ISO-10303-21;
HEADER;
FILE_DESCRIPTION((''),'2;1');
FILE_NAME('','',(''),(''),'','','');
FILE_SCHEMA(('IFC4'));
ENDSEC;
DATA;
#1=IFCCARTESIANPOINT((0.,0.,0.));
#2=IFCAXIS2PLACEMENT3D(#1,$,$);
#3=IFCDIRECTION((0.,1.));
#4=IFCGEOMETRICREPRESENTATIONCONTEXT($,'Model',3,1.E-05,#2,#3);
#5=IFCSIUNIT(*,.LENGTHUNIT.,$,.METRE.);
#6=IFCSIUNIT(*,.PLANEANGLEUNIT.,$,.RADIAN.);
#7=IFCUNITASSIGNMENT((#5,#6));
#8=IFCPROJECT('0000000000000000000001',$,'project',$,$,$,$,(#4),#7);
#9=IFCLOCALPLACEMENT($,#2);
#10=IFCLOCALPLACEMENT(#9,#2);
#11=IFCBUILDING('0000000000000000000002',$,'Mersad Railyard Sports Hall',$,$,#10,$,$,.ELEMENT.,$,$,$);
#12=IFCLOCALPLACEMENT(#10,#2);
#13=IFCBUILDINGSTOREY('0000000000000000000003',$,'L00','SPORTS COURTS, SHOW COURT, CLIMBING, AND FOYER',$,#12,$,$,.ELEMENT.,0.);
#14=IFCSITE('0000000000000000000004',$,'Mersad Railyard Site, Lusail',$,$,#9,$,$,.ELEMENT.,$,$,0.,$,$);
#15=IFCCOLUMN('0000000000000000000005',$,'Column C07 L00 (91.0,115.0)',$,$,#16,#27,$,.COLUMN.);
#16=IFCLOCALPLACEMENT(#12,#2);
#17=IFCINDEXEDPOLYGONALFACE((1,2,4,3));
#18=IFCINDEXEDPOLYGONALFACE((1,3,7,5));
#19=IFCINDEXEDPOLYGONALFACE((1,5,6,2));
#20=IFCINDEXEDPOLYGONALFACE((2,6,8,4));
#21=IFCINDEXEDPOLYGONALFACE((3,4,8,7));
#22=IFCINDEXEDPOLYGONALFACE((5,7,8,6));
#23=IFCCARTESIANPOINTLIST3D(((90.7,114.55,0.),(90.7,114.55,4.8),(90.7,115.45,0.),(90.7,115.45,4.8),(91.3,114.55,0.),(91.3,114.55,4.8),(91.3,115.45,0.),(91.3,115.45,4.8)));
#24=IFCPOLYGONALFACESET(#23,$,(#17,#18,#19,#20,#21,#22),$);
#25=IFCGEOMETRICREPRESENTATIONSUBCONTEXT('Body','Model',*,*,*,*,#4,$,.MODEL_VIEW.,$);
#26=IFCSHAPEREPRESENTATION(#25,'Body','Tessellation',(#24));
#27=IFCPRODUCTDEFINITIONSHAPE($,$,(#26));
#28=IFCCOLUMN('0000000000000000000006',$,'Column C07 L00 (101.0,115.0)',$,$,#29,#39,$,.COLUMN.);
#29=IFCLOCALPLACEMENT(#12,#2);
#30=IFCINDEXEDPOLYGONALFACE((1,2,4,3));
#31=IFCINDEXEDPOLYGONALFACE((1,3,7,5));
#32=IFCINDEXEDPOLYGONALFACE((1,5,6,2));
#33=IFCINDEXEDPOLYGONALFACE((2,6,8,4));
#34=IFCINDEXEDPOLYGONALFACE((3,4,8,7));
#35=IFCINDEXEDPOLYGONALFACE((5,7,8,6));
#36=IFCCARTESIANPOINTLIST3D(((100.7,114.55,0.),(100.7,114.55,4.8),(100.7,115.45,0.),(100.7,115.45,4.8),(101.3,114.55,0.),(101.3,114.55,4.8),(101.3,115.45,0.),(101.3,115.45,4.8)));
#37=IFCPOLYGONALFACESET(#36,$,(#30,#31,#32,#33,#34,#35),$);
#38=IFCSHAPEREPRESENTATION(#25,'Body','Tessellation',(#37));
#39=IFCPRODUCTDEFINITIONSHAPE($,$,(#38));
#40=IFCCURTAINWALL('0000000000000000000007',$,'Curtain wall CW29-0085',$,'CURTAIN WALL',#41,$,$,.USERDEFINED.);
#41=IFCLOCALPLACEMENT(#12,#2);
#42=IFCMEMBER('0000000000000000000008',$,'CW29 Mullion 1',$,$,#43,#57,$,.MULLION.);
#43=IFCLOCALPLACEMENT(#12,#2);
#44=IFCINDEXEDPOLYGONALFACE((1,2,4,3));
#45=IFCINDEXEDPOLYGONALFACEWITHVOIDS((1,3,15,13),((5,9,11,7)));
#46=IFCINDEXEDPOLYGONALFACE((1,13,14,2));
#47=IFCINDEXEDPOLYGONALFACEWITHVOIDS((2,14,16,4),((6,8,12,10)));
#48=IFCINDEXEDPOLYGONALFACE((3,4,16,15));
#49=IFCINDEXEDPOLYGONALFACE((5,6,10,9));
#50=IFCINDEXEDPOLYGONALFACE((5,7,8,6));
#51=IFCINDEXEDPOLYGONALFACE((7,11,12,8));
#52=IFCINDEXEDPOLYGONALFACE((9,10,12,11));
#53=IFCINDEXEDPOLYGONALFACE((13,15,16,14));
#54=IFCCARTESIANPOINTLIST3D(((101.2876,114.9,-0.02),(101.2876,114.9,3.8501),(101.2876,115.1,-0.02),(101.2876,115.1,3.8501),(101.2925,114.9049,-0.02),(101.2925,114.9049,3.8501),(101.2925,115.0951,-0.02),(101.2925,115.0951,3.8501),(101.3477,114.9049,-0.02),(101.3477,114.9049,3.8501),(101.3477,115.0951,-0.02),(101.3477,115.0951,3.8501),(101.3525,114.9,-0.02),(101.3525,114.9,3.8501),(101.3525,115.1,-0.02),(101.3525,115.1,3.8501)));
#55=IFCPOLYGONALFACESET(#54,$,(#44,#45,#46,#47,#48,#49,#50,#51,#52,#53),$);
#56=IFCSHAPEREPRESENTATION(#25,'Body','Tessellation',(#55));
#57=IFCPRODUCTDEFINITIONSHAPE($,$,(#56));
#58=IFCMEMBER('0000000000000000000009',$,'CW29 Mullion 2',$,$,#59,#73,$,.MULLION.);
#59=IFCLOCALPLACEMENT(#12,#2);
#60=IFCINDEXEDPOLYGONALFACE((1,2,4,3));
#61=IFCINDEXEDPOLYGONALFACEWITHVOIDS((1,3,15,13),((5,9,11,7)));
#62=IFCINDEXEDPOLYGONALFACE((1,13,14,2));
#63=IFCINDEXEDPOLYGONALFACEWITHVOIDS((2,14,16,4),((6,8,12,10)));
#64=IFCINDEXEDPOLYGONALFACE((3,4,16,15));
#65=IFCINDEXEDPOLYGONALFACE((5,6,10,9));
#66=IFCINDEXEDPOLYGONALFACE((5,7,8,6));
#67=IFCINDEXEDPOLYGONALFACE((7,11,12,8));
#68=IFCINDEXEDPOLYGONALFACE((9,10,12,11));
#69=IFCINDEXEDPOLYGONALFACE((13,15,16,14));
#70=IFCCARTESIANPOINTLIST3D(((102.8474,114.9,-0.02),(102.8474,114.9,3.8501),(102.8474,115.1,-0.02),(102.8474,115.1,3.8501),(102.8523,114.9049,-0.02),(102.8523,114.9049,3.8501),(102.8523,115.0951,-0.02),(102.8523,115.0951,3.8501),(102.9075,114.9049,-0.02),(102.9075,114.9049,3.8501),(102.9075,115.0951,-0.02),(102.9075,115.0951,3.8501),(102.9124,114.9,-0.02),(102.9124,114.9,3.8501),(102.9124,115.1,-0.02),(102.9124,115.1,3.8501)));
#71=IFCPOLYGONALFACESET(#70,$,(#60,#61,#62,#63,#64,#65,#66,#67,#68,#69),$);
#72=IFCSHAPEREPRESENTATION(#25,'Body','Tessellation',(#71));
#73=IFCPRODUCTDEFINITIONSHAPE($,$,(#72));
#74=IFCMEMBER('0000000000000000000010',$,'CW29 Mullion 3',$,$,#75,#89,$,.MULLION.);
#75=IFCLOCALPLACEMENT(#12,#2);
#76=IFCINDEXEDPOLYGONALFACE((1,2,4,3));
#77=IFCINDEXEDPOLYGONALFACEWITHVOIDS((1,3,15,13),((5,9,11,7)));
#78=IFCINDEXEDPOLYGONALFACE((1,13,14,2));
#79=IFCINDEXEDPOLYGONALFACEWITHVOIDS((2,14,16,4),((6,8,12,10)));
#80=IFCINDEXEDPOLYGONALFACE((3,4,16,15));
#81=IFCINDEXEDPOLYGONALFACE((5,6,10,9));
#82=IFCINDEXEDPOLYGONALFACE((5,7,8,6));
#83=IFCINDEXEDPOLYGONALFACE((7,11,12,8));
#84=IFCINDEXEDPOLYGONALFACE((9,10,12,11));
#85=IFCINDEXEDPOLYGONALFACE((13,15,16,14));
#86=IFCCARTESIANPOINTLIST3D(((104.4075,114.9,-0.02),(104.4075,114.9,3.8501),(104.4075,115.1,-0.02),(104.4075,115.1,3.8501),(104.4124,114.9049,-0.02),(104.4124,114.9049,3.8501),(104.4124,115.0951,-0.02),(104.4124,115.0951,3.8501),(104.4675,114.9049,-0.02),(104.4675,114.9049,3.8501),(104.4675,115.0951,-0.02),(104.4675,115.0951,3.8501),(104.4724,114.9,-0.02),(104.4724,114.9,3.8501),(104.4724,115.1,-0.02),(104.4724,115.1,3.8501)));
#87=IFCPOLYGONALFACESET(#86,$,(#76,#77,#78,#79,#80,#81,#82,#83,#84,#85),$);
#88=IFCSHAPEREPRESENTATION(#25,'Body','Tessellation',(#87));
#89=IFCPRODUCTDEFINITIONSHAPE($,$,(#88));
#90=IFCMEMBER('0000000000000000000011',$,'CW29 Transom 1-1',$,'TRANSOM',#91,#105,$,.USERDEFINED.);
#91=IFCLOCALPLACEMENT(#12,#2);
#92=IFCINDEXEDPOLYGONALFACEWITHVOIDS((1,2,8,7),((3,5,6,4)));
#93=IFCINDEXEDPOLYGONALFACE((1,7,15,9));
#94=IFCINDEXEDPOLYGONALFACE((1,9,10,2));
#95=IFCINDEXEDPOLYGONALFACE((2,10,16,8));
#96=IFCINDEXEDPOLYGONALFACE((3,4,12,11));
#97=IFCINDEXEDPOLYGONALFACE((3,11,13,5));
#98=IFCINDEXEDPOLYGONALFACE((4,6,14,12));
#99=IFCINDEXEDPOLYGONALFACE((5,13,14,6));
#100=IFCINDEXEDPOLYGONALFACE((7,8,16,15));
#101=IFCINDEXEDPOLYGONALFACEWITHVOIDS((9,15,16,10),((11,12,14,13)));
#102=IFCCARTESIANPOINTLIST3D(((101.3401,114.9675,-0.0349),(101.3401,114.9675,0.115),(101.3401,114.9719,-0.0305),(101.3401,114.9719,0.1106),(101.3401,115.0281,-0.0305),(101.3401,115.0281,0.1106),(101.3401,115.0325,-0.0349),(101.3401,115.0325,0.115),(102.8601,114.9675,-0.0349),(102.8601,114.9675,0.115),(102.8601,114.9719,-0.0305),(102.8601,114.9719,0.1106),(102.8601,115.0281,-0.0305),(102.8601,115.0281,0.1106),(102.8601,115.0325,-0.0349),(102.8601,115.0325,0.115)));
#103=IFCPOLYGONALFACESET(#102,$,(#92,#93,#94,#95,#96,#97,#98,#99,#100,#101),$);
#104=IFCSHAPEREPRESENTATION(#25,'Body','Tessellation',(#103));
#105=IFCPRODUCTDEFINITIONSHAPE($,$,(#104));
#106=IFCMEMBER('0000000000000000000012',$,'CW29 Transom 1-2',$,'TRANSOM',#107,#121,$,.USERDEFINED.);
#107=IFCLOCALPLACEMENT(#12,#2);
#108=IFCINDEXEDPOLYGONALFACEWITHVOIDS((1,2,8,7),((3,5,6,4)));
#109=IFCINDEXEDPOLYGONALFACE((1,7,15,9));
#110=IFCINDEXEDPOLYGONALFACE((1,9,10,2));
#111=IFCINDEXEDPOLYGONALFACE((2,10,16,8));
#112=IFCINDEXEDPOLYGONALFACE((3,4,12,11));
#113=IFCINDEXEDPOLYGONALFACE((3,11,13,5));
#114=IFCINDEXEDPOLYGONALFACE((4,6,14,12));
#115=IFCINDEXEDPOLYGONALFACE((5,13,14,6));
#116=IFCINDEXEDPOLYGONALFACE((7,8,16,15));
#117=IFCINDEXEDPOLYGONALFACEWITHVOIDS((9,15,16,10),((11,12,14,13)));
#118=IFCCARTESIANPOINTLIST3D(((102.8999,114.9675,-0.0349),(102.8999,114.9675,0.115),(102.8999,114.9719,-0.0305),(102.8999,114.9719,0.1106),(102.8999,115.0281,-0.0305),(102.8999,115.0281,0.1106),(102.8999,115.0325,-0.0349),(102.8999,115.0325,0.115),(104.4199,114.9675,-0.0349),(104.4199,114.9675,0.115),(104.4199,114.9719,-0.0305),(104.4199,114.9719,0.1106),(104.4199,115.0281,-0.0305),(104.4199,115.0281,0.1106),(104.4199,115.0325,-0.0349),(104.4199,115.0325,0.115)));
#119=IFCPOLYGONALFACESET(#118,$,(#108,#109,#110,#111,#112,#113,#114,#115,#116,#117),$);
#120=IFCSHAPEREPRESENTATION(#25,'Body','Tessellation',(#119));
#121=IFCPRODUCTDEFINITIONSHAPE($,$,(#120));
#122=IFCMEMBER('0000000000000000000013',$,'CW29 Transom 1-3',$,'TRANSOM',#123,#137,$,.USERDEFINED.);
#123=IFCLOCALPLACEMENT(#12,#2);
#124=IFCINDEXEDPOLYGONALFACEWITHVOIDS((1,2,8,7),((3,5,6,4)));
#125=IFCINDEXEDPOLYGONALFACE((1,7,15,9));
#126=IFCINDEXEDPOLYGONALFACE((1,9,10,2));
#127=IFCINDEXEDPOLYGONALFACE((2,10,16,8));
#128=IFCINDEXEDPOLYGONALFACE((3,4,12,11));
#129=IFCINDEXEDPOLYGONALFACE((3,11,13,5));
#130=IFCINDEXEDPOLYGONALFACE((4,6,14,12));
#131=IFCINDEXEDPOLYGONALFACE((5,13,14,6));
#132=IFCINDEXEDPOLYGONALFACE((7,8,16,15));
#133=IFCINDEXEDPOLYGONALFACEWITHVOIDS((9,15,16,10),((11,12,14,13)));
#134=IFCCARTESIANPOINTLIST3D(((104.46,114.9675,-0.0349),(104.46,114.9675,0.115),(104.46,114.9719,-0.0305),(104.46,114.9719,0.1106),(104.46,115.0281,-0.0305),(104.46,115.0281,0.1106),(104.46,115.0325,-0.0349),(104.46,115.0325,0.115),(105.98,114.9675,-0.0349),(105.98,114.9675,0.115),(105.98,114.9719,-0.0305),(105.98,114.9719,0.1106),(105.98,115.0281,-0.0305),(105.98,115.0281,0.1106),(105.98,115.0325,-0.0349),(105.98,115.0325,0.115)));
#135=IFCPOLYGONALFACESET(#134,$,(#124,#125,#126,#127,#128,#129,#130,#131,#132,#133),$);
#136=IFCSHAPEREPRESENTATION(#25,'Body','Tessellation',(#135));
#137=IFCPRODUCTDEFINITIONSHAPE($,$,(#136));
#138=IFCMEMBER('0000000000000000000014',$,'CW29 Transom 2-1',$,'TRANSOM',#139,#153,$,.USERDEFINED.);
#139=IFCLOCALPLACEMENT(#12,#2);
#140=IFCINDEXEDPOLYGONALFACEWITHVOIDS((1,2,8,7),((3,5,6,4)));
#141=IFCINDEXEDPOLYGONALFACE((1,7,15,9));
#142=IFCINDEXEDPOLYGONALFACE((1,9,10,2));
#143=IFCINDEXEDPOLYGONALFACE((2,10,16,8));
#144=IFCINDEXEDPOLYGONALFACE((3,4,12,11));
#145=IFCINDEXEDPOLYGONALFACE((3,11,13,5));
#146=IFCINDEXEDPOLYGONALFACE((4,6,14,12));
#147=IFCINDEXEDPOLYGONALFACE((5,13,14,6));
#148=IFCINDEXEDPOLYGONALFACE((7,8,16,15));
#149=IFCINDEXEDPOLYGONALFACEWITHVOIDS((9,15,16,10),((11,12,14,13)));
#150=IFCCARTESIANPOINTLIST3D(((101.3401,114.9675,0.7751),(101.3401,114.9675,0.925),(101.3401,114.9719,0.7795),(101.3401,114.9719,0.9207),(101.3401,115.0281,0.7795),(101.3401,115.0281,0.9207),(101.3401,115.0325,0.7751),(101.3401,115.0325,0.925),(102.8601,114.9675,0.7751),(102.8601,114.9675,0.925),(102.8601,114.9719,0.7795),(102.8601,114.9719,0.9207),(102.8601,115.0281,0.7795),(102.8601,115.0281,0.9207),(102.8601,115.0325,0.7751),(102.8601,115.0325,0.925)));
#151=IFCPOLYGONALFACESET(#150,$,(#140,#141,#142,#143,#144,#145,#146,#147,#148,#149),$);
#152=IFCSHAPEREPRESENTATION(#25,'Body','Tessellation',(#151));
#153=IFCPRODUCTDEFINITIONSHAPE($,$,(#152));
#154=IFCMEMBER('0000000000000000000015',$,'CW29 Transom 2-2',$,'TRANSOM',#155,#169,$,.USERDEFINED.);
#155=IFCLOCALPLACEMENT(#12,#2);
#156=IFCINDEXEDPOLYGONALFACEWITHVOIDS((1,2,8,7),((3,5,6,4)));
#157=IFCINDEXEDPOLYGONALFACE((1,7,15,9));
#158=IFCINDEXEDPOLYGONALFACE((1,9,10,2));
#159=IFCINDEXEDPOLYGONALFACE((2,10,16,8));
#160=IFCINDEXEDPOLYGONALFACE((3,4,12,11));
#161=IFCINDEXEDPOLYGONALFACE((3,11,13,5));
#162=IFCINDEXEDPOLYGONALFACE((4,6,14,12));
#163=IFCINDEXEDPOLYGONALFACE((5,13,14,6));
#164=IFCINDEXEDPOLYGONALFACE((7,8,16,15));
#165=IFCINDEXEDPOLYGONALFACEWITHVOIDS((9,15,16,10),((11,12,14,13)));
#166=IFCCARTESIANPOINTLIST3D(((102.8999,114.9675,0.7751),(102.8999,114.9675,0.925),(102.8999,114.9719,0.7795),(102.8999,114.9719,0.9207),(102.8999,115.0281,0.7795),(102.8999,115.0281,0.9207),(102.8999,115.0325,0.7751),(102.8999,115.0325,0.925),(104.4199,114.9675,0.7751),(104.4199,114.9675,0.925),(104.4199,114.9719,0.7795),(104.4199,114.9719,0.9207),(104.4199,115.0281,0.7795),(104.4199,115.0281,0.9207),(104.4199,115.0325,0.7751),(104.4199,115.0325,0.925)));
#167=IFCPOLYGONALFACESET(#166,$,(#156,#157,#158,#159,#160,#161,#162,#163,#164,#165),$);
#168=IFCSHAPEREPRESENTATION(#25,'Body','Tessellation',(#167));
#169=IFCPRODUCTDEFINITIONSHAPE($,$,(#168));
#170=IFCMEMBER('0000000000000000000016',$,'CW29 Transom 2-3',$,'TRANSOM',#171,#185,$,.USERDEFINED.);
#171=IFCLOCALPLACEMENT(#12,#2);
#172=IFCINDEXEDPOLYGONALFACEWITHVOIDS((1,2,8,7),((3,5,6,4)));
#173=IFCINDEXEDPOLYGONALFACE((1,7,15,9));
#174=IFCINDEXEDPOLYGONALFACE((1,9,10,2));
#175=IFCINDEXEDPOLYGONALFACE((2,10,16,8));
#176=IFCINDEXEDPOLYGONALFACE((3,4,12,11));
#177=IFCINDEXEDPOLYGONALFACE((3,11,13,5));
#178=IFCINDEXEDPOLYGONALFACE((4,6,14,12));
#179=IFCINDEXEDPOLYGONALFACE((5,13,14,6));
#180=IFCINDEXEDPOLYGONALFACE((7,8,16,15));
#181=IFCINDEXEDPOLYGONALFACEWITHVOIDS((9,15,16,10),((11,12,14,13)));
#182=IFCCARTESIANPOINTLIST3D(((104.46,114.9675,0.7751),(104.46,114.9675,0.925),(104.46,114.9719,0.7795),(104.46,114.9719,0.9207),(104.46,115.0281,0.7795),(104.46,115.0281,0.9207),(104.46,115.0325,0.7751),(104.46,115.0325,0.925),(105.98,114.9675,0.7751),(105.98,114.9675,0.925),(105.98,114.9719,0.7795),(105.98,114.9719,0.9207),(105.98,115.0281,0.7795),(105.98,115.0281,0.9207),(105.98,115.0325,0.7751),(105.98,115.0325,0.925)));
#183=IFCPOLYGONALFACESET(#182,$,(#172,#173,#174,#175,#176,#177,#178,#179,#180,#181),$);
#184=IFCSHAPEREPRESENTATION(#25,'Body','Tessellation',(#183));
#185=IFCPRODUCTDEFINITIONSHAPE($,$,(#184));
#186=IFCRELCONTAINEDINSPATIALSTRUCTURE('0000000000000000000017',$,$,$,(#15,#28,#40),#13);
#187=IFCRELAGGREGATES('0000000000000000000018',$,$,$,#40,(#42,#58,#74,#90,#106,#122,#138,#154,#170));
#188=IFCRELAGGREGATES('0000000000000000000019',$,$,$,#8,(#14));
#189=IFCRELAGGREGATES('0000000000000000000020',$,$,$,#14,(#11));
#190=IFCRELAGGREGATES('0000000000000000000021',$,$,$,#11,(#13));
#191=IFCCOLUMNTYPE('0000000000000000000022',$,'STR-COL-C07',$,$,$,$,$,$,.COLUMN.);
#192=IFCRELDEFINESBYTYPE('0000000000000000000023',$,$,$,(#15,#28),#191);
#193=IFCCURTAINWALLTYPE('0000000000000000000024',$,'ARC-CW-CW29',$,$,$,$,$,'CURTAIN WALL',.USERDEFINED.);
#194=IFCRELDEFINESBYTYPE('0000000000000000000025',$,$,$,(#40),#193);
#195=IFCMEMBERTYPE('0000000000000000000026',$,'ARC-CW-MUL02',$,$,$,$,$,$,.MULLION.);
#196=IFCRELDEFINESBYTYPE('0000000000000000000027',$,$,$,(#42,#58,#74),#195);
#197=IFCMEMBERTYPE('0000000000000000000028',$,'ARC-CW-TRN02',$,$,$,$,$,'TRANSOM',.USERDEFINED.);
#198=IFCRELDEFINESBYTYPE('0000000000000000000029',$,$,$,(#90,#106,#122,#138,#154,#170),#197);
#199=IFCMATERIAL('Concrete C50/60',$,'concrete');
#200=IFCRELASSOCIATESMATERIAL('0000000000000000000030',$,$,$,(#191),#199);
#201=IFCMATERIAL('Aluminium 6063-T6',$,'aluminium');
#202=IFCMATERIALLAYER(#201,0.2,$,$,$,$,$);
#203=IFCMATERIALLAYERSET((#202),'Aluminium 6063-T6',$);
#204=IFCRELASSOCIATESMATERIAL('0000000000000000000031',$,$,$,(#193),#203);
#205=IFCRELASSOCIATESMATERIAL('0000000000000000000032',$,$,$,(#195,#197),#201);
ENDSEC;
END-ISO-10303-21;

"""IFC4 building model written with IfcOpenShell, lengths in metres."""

from ifc_helpers import new_model, si_unit, direction, frame, origin, origin_2d, place, context, subcontext, project, spatial, rectangle, hollow_rectangle, extrude, material, layer, layer_set, material_profile, profile_set, type_object, element, aggregate, save


model = new_model("IFC4")

# Units and contexts
model_context = context("Model", 3, precision=1e-05, world=origin(), true_north=direction((0.0, 1.0)))
body_context = subcontext(model_context, "Body", "Model", "MODEL_VIEW")
ifc_project = project(units=[si_unit("LENGTHUNIT", "METRE"), si_unit("PLANEANGLEUNIT", "RADIAN")], contexts=[model_context])

# Site, building, storey
site_placement = place(None, origin())
site = spatial("IfcSite", under=ifc_project, at=site_placement, Name="Mersad Railyard Site, Lusail", CompositionType="ELEMENT", RefElevation=0.0)
building_placement = place(site_placement, origin())
building = spatial("IfcBuilding", under=site, at=building_placement, Name="Mersad Railyard Sports Hall", CompositionType="ELEMENT")
storey_placement = place(building_placement, origin())
storey = spatial("IfcBuildingStorey", under=building, at=storey_placement, Name="L00", Description="SPORTS COURTS, SHOW COURT, CLIMBING, AND FOYER", CompositionType="ELEMENT", Elevation=0.0)

# Columns
ifc_material_1 = material(Name="Concrete C50/60", Category="concrete")
ifc_material_profile_1 = material_profile(ifc_material_1, rectangle(XDim=0.6001, YDim=0.8999, at=origin_2d()), Name="RC 600x900")
ifc_profile_set_1 = profile_set([ifc_material_profile_1], Name="Concrete C50/60")
column_type = type_object("IfcColumnType", Name="STR-COL-C07", PredefinedType="COLUMN", material=ifc_profile_set_1)
for number, where, z_axis, x_axis, name in (
    (1, (91.0, 115.0, 0.0), (0.0, 0.0, 1.0), (1.0, 0.0, 0.0), "Column C07 L00 (91.0,115.0)"),
    (2, (101.0, 115.0, 0.0), (0.0, 0.0, 1.0), (1.0, 0.0, 0.0), "Column C07 L00 (101.0,115.0)"),
):
    element("IfcColumn", number, at=place(storey_placement, frame(where, z_axis=z_axis, x_axis=x_axis)), inside=storey, type_object=column_type, Name=name, PredefinedType="COLUMN", context=body_context, shape_type="SweptSolid", body=[
        extrude(rectangle(XDim=0.6001, YDim=0.8999, at=origin_2d()), origin(), (0.0, 0.0, 1.0), 4.8),
    ])

# Curtain wall, members
ifc_material_2 = material(Name="Aluminium 6063-T6", Category="aluminium")
ifc_layer_1 = layer(ifc_material_2, 0.2)
ifc_layer_set_1 = layer_set([ifc_layer_1], Name="Aluminium 6063-T6")
curtain_wall_type = type_object("IfcCurtainWallType", Name="ARC-CW-CW29", ElementType="CURTAIN WALL", PredefinedType="USERDEFINED", material=ifc_layer_set_1)
curtain_wall_placement = place(storey_placement, origin())
curtain_wall = element("IfcCurtainWall", 3, at=curtain_wall_placement, inside=storey, type_object=curtain_wall_type, Name="Curtain wall CW29-0085", ObjectType="CURTAIN WALL", PredefinedType="USERDEFINED")
ifc_material_profile_2 = material_profile(ifc_material_2, hollow_rectangle(XDim=0.0649, YDim=0.2, WallThickness=0.0049, at=origin_2d()), Name="AL MULLION 65x200x5")
ifc_profile_set_2 = profile_set([ifc_material_profile_2], Name="Aluminium 6063-T6")
member_type_1 = type_object("IfcMemberType", Name="ARC-CW-MUL02", PredefinedType="MULLION", material=ifc_profile_set_2)
member_1_placement = place(storey_placement, frame((101.3201, 115.0, -0.02), z_axis=(0.0, 0.0, 1.0), x_axis=(1.0, 0.0, 0.0)))
member_1 = element("IfcMember", 4, at=member_1_placement, type_object=member_type_1, Name="CW29 Mullion 1", PredefinedType="MULLION", context=body_context, shape_type="SweptSolid", body=[
    extrude(hollow_rectangle(XDim=0.0649, YDim=0.2, WallThickness=0.0049, at=origin_2d()), origin(), (0.0, 0.0, 1.0), 3.8701),
])
member_2_placement = place(storey_placement, frame((102.8799, 115.0, -0.02), z_axis=(0.0, 0.0, 1.0), x_axis=(1.0, 0.0, 0.0)))
member_2 = element("IfcMember", 5, at=member_2_placement, type_object=member_type_1, Name="CW29 Mullion 2", PredefinedType="MULLION", context=body_context, shape_type="SweptSolid", body=[
    extrude(hollow_rectangle(XDim=0.0649, YDim=0.2, WallThickness=0.0049, at=origin_2d()), origin(), (0.0, 0.0, 1.0), 3.8701),
])
member_3_placement = place(storey_placement, frame((104.4399, 115.0, -0.02), z_axis=(0.0, 0.0, 1.0), x_axis=(1.0, 0.0, 0.0)))
member_3 = element("IfcMember", 6, at=member_3_placement, type_object=member_type_1, Name="CW29 Mullion 3", PredefinedType="MULLION", context=body_context, shape_type="SweptSolid", body=[
    extrude(hollow_rectangle(XDim=0.0649, YDim=0.2, WallThickness=0.0049, at=origin_2d()), origin(), (0.0, 0.0, 1.0), 3.8701),
])
ifc_material_profile_3 = material_profile(ifc_material_2, hollow_rectangle(XDim=0.0649, YDim=0.1499, WallThickness=0.0044, at=origin_2d()), Name="AL TRANSOM 65x150x4.5")
ifc_profile_set_3 = profile_set([ifc_material_profile_3], Name="Aluminium 6063-T6")
member_type_2 = type_object("IfcMemberType", Name="ARC-CW-TRN02", ElementType="TRANSOM", PredefinedType="USERDEFINED", material=ifc_profile_set_3)
member_4_placement = place(storey_placement, frame((101.3401, 115.0, 0.04), z_axis=(1.0, 0.0, 0.0), x_axis=(0.0, 1.0, 0.0)))
member_4 = element("IfcMember", 7, at=member_4_placement, type_object=member_type_2, Name="CW29 Transom 1-1", ObjectType="TRANSOM", PredefinedType="USERDEFINED", context=body_context, shape_type="SweptSolid", body=[
    extrude(hollow_rectangle(XDim=0.0649, YDim=0.1499, WallThickness=0.0044, at=origin_2d()), origin(), (0.0, 0.0, 1.0), 1.52),
])
member_5_placement = place(storey_placement, frame((102.8999, 115.0, 0.04), z_axis=(1.0, 0.0, 0.0), x_axis=(0.0, 1.0, 0.0)))
member_5 = element("IfcMember", 8, at=member_5_placement, type_object=member_type_2, Name="CW29 Transom 1-2", ObjectType="TRANSOM", PredefinedType="USERDEFINED", context=body_context, shape_type="SweptSolid", body=[
    extrude(hollow_rectangle(XDim=0.0649, YDim=0.1499, WallThickness=0.0044, at=origin_2d()), origin(), (0.0, 0.0, 1.0), 1.52),
])
member_6_placement = place(storey_placement, frame((104.46, 115.0, 0.04), z_axis=(1.0, 0.0, 0.0), x_axis=(0.0, 1.0, 0.0)))
member_6 = element("IfcMember", 9, at=member_6_placement, type_object=member_type_2, Name="CW29 Transom 1-3", ObjectType="TRANSOM", PredefinedType="USERDEFINED", context=body_context, shape_type="SweptSolid", body=[
    extrude(hollow_rectangle(XDim=0.0649, YDim=0.1499, WallThickness=0.0044, at=origin_2d()), origin(), (0.0, 0.0, 1.0), 1.52),
])
member_7_placement = place(storey_placement, frame((101.3401, 115.0, 0.8501), z_axis=(1.0, 0.0, 0.0), x_axis=(0.0, 1.0, 0.0)))
member_7 = element("IfcMember", 10, at=member_7_placement, type_object=member_type_2, Name="CW29 Transom 2-1", ObjectType="TRANSOM", PredefinedType="USERDEFINED", context=body_context, shape_type="SweptSolid", body=[
    extrude(hollow_rectangle(XDim=0.0649, YDim=0.1499, WallThickness=0.0044, at=origin_2d()), origin(), (0.0, 0.0, 1.0), 1.52),
])
member_8_placement = place(storey_placement, frame((102.8999, 115.0, 0.8501), z_axis=(1.0, 0.0, 0.0), x_axis=(0.0, 1.0, 0.0)))
member_8 = element("IfcMember", 11, at=member_8_placement, type_object=member_type_2, Name="CW29 Transom 2-2", ObjectType="TRANSOM", PredefinedType="USERDEFINED", context=body_context, shape_type="SweptSolid", body=[
    extrude(hollow_rectangle(XDim=0.0649, YDim=0.1499, WallThickness=0.0044, at=origin_2d()), origin(), (0.0, 0.0, 1.0), 1.52),
])
member_9_placement = place(storey_placement, frame((104.46, 115.0, 0.8501), z_axis=(1.0, 0.0, 0.0), x_axis=(0.0, 1.0, 0.0)))
member_9 = element("IfcMember", 12, at=member_9_placement, type_object=member_type_2, Name="CW29 Transom 2-3", ObjectType="TRANSOM", PredefinedType="USERDEFINED", context=body_context, shape_type="SweptSolid", body=[
    extrude(hollow_rectangle(XDim=0.0649, YDim=0.1499, WallThickness=0.0044, at=origin_2d()), origin(), (0.0, 0.0, 1.0), 1.52),
])

aggregate(curtain_wall, [member_1, member_2, member_3, member_4, member_5, member_6, member_7, member_8, member_9])

save(model, "model.ifc")
